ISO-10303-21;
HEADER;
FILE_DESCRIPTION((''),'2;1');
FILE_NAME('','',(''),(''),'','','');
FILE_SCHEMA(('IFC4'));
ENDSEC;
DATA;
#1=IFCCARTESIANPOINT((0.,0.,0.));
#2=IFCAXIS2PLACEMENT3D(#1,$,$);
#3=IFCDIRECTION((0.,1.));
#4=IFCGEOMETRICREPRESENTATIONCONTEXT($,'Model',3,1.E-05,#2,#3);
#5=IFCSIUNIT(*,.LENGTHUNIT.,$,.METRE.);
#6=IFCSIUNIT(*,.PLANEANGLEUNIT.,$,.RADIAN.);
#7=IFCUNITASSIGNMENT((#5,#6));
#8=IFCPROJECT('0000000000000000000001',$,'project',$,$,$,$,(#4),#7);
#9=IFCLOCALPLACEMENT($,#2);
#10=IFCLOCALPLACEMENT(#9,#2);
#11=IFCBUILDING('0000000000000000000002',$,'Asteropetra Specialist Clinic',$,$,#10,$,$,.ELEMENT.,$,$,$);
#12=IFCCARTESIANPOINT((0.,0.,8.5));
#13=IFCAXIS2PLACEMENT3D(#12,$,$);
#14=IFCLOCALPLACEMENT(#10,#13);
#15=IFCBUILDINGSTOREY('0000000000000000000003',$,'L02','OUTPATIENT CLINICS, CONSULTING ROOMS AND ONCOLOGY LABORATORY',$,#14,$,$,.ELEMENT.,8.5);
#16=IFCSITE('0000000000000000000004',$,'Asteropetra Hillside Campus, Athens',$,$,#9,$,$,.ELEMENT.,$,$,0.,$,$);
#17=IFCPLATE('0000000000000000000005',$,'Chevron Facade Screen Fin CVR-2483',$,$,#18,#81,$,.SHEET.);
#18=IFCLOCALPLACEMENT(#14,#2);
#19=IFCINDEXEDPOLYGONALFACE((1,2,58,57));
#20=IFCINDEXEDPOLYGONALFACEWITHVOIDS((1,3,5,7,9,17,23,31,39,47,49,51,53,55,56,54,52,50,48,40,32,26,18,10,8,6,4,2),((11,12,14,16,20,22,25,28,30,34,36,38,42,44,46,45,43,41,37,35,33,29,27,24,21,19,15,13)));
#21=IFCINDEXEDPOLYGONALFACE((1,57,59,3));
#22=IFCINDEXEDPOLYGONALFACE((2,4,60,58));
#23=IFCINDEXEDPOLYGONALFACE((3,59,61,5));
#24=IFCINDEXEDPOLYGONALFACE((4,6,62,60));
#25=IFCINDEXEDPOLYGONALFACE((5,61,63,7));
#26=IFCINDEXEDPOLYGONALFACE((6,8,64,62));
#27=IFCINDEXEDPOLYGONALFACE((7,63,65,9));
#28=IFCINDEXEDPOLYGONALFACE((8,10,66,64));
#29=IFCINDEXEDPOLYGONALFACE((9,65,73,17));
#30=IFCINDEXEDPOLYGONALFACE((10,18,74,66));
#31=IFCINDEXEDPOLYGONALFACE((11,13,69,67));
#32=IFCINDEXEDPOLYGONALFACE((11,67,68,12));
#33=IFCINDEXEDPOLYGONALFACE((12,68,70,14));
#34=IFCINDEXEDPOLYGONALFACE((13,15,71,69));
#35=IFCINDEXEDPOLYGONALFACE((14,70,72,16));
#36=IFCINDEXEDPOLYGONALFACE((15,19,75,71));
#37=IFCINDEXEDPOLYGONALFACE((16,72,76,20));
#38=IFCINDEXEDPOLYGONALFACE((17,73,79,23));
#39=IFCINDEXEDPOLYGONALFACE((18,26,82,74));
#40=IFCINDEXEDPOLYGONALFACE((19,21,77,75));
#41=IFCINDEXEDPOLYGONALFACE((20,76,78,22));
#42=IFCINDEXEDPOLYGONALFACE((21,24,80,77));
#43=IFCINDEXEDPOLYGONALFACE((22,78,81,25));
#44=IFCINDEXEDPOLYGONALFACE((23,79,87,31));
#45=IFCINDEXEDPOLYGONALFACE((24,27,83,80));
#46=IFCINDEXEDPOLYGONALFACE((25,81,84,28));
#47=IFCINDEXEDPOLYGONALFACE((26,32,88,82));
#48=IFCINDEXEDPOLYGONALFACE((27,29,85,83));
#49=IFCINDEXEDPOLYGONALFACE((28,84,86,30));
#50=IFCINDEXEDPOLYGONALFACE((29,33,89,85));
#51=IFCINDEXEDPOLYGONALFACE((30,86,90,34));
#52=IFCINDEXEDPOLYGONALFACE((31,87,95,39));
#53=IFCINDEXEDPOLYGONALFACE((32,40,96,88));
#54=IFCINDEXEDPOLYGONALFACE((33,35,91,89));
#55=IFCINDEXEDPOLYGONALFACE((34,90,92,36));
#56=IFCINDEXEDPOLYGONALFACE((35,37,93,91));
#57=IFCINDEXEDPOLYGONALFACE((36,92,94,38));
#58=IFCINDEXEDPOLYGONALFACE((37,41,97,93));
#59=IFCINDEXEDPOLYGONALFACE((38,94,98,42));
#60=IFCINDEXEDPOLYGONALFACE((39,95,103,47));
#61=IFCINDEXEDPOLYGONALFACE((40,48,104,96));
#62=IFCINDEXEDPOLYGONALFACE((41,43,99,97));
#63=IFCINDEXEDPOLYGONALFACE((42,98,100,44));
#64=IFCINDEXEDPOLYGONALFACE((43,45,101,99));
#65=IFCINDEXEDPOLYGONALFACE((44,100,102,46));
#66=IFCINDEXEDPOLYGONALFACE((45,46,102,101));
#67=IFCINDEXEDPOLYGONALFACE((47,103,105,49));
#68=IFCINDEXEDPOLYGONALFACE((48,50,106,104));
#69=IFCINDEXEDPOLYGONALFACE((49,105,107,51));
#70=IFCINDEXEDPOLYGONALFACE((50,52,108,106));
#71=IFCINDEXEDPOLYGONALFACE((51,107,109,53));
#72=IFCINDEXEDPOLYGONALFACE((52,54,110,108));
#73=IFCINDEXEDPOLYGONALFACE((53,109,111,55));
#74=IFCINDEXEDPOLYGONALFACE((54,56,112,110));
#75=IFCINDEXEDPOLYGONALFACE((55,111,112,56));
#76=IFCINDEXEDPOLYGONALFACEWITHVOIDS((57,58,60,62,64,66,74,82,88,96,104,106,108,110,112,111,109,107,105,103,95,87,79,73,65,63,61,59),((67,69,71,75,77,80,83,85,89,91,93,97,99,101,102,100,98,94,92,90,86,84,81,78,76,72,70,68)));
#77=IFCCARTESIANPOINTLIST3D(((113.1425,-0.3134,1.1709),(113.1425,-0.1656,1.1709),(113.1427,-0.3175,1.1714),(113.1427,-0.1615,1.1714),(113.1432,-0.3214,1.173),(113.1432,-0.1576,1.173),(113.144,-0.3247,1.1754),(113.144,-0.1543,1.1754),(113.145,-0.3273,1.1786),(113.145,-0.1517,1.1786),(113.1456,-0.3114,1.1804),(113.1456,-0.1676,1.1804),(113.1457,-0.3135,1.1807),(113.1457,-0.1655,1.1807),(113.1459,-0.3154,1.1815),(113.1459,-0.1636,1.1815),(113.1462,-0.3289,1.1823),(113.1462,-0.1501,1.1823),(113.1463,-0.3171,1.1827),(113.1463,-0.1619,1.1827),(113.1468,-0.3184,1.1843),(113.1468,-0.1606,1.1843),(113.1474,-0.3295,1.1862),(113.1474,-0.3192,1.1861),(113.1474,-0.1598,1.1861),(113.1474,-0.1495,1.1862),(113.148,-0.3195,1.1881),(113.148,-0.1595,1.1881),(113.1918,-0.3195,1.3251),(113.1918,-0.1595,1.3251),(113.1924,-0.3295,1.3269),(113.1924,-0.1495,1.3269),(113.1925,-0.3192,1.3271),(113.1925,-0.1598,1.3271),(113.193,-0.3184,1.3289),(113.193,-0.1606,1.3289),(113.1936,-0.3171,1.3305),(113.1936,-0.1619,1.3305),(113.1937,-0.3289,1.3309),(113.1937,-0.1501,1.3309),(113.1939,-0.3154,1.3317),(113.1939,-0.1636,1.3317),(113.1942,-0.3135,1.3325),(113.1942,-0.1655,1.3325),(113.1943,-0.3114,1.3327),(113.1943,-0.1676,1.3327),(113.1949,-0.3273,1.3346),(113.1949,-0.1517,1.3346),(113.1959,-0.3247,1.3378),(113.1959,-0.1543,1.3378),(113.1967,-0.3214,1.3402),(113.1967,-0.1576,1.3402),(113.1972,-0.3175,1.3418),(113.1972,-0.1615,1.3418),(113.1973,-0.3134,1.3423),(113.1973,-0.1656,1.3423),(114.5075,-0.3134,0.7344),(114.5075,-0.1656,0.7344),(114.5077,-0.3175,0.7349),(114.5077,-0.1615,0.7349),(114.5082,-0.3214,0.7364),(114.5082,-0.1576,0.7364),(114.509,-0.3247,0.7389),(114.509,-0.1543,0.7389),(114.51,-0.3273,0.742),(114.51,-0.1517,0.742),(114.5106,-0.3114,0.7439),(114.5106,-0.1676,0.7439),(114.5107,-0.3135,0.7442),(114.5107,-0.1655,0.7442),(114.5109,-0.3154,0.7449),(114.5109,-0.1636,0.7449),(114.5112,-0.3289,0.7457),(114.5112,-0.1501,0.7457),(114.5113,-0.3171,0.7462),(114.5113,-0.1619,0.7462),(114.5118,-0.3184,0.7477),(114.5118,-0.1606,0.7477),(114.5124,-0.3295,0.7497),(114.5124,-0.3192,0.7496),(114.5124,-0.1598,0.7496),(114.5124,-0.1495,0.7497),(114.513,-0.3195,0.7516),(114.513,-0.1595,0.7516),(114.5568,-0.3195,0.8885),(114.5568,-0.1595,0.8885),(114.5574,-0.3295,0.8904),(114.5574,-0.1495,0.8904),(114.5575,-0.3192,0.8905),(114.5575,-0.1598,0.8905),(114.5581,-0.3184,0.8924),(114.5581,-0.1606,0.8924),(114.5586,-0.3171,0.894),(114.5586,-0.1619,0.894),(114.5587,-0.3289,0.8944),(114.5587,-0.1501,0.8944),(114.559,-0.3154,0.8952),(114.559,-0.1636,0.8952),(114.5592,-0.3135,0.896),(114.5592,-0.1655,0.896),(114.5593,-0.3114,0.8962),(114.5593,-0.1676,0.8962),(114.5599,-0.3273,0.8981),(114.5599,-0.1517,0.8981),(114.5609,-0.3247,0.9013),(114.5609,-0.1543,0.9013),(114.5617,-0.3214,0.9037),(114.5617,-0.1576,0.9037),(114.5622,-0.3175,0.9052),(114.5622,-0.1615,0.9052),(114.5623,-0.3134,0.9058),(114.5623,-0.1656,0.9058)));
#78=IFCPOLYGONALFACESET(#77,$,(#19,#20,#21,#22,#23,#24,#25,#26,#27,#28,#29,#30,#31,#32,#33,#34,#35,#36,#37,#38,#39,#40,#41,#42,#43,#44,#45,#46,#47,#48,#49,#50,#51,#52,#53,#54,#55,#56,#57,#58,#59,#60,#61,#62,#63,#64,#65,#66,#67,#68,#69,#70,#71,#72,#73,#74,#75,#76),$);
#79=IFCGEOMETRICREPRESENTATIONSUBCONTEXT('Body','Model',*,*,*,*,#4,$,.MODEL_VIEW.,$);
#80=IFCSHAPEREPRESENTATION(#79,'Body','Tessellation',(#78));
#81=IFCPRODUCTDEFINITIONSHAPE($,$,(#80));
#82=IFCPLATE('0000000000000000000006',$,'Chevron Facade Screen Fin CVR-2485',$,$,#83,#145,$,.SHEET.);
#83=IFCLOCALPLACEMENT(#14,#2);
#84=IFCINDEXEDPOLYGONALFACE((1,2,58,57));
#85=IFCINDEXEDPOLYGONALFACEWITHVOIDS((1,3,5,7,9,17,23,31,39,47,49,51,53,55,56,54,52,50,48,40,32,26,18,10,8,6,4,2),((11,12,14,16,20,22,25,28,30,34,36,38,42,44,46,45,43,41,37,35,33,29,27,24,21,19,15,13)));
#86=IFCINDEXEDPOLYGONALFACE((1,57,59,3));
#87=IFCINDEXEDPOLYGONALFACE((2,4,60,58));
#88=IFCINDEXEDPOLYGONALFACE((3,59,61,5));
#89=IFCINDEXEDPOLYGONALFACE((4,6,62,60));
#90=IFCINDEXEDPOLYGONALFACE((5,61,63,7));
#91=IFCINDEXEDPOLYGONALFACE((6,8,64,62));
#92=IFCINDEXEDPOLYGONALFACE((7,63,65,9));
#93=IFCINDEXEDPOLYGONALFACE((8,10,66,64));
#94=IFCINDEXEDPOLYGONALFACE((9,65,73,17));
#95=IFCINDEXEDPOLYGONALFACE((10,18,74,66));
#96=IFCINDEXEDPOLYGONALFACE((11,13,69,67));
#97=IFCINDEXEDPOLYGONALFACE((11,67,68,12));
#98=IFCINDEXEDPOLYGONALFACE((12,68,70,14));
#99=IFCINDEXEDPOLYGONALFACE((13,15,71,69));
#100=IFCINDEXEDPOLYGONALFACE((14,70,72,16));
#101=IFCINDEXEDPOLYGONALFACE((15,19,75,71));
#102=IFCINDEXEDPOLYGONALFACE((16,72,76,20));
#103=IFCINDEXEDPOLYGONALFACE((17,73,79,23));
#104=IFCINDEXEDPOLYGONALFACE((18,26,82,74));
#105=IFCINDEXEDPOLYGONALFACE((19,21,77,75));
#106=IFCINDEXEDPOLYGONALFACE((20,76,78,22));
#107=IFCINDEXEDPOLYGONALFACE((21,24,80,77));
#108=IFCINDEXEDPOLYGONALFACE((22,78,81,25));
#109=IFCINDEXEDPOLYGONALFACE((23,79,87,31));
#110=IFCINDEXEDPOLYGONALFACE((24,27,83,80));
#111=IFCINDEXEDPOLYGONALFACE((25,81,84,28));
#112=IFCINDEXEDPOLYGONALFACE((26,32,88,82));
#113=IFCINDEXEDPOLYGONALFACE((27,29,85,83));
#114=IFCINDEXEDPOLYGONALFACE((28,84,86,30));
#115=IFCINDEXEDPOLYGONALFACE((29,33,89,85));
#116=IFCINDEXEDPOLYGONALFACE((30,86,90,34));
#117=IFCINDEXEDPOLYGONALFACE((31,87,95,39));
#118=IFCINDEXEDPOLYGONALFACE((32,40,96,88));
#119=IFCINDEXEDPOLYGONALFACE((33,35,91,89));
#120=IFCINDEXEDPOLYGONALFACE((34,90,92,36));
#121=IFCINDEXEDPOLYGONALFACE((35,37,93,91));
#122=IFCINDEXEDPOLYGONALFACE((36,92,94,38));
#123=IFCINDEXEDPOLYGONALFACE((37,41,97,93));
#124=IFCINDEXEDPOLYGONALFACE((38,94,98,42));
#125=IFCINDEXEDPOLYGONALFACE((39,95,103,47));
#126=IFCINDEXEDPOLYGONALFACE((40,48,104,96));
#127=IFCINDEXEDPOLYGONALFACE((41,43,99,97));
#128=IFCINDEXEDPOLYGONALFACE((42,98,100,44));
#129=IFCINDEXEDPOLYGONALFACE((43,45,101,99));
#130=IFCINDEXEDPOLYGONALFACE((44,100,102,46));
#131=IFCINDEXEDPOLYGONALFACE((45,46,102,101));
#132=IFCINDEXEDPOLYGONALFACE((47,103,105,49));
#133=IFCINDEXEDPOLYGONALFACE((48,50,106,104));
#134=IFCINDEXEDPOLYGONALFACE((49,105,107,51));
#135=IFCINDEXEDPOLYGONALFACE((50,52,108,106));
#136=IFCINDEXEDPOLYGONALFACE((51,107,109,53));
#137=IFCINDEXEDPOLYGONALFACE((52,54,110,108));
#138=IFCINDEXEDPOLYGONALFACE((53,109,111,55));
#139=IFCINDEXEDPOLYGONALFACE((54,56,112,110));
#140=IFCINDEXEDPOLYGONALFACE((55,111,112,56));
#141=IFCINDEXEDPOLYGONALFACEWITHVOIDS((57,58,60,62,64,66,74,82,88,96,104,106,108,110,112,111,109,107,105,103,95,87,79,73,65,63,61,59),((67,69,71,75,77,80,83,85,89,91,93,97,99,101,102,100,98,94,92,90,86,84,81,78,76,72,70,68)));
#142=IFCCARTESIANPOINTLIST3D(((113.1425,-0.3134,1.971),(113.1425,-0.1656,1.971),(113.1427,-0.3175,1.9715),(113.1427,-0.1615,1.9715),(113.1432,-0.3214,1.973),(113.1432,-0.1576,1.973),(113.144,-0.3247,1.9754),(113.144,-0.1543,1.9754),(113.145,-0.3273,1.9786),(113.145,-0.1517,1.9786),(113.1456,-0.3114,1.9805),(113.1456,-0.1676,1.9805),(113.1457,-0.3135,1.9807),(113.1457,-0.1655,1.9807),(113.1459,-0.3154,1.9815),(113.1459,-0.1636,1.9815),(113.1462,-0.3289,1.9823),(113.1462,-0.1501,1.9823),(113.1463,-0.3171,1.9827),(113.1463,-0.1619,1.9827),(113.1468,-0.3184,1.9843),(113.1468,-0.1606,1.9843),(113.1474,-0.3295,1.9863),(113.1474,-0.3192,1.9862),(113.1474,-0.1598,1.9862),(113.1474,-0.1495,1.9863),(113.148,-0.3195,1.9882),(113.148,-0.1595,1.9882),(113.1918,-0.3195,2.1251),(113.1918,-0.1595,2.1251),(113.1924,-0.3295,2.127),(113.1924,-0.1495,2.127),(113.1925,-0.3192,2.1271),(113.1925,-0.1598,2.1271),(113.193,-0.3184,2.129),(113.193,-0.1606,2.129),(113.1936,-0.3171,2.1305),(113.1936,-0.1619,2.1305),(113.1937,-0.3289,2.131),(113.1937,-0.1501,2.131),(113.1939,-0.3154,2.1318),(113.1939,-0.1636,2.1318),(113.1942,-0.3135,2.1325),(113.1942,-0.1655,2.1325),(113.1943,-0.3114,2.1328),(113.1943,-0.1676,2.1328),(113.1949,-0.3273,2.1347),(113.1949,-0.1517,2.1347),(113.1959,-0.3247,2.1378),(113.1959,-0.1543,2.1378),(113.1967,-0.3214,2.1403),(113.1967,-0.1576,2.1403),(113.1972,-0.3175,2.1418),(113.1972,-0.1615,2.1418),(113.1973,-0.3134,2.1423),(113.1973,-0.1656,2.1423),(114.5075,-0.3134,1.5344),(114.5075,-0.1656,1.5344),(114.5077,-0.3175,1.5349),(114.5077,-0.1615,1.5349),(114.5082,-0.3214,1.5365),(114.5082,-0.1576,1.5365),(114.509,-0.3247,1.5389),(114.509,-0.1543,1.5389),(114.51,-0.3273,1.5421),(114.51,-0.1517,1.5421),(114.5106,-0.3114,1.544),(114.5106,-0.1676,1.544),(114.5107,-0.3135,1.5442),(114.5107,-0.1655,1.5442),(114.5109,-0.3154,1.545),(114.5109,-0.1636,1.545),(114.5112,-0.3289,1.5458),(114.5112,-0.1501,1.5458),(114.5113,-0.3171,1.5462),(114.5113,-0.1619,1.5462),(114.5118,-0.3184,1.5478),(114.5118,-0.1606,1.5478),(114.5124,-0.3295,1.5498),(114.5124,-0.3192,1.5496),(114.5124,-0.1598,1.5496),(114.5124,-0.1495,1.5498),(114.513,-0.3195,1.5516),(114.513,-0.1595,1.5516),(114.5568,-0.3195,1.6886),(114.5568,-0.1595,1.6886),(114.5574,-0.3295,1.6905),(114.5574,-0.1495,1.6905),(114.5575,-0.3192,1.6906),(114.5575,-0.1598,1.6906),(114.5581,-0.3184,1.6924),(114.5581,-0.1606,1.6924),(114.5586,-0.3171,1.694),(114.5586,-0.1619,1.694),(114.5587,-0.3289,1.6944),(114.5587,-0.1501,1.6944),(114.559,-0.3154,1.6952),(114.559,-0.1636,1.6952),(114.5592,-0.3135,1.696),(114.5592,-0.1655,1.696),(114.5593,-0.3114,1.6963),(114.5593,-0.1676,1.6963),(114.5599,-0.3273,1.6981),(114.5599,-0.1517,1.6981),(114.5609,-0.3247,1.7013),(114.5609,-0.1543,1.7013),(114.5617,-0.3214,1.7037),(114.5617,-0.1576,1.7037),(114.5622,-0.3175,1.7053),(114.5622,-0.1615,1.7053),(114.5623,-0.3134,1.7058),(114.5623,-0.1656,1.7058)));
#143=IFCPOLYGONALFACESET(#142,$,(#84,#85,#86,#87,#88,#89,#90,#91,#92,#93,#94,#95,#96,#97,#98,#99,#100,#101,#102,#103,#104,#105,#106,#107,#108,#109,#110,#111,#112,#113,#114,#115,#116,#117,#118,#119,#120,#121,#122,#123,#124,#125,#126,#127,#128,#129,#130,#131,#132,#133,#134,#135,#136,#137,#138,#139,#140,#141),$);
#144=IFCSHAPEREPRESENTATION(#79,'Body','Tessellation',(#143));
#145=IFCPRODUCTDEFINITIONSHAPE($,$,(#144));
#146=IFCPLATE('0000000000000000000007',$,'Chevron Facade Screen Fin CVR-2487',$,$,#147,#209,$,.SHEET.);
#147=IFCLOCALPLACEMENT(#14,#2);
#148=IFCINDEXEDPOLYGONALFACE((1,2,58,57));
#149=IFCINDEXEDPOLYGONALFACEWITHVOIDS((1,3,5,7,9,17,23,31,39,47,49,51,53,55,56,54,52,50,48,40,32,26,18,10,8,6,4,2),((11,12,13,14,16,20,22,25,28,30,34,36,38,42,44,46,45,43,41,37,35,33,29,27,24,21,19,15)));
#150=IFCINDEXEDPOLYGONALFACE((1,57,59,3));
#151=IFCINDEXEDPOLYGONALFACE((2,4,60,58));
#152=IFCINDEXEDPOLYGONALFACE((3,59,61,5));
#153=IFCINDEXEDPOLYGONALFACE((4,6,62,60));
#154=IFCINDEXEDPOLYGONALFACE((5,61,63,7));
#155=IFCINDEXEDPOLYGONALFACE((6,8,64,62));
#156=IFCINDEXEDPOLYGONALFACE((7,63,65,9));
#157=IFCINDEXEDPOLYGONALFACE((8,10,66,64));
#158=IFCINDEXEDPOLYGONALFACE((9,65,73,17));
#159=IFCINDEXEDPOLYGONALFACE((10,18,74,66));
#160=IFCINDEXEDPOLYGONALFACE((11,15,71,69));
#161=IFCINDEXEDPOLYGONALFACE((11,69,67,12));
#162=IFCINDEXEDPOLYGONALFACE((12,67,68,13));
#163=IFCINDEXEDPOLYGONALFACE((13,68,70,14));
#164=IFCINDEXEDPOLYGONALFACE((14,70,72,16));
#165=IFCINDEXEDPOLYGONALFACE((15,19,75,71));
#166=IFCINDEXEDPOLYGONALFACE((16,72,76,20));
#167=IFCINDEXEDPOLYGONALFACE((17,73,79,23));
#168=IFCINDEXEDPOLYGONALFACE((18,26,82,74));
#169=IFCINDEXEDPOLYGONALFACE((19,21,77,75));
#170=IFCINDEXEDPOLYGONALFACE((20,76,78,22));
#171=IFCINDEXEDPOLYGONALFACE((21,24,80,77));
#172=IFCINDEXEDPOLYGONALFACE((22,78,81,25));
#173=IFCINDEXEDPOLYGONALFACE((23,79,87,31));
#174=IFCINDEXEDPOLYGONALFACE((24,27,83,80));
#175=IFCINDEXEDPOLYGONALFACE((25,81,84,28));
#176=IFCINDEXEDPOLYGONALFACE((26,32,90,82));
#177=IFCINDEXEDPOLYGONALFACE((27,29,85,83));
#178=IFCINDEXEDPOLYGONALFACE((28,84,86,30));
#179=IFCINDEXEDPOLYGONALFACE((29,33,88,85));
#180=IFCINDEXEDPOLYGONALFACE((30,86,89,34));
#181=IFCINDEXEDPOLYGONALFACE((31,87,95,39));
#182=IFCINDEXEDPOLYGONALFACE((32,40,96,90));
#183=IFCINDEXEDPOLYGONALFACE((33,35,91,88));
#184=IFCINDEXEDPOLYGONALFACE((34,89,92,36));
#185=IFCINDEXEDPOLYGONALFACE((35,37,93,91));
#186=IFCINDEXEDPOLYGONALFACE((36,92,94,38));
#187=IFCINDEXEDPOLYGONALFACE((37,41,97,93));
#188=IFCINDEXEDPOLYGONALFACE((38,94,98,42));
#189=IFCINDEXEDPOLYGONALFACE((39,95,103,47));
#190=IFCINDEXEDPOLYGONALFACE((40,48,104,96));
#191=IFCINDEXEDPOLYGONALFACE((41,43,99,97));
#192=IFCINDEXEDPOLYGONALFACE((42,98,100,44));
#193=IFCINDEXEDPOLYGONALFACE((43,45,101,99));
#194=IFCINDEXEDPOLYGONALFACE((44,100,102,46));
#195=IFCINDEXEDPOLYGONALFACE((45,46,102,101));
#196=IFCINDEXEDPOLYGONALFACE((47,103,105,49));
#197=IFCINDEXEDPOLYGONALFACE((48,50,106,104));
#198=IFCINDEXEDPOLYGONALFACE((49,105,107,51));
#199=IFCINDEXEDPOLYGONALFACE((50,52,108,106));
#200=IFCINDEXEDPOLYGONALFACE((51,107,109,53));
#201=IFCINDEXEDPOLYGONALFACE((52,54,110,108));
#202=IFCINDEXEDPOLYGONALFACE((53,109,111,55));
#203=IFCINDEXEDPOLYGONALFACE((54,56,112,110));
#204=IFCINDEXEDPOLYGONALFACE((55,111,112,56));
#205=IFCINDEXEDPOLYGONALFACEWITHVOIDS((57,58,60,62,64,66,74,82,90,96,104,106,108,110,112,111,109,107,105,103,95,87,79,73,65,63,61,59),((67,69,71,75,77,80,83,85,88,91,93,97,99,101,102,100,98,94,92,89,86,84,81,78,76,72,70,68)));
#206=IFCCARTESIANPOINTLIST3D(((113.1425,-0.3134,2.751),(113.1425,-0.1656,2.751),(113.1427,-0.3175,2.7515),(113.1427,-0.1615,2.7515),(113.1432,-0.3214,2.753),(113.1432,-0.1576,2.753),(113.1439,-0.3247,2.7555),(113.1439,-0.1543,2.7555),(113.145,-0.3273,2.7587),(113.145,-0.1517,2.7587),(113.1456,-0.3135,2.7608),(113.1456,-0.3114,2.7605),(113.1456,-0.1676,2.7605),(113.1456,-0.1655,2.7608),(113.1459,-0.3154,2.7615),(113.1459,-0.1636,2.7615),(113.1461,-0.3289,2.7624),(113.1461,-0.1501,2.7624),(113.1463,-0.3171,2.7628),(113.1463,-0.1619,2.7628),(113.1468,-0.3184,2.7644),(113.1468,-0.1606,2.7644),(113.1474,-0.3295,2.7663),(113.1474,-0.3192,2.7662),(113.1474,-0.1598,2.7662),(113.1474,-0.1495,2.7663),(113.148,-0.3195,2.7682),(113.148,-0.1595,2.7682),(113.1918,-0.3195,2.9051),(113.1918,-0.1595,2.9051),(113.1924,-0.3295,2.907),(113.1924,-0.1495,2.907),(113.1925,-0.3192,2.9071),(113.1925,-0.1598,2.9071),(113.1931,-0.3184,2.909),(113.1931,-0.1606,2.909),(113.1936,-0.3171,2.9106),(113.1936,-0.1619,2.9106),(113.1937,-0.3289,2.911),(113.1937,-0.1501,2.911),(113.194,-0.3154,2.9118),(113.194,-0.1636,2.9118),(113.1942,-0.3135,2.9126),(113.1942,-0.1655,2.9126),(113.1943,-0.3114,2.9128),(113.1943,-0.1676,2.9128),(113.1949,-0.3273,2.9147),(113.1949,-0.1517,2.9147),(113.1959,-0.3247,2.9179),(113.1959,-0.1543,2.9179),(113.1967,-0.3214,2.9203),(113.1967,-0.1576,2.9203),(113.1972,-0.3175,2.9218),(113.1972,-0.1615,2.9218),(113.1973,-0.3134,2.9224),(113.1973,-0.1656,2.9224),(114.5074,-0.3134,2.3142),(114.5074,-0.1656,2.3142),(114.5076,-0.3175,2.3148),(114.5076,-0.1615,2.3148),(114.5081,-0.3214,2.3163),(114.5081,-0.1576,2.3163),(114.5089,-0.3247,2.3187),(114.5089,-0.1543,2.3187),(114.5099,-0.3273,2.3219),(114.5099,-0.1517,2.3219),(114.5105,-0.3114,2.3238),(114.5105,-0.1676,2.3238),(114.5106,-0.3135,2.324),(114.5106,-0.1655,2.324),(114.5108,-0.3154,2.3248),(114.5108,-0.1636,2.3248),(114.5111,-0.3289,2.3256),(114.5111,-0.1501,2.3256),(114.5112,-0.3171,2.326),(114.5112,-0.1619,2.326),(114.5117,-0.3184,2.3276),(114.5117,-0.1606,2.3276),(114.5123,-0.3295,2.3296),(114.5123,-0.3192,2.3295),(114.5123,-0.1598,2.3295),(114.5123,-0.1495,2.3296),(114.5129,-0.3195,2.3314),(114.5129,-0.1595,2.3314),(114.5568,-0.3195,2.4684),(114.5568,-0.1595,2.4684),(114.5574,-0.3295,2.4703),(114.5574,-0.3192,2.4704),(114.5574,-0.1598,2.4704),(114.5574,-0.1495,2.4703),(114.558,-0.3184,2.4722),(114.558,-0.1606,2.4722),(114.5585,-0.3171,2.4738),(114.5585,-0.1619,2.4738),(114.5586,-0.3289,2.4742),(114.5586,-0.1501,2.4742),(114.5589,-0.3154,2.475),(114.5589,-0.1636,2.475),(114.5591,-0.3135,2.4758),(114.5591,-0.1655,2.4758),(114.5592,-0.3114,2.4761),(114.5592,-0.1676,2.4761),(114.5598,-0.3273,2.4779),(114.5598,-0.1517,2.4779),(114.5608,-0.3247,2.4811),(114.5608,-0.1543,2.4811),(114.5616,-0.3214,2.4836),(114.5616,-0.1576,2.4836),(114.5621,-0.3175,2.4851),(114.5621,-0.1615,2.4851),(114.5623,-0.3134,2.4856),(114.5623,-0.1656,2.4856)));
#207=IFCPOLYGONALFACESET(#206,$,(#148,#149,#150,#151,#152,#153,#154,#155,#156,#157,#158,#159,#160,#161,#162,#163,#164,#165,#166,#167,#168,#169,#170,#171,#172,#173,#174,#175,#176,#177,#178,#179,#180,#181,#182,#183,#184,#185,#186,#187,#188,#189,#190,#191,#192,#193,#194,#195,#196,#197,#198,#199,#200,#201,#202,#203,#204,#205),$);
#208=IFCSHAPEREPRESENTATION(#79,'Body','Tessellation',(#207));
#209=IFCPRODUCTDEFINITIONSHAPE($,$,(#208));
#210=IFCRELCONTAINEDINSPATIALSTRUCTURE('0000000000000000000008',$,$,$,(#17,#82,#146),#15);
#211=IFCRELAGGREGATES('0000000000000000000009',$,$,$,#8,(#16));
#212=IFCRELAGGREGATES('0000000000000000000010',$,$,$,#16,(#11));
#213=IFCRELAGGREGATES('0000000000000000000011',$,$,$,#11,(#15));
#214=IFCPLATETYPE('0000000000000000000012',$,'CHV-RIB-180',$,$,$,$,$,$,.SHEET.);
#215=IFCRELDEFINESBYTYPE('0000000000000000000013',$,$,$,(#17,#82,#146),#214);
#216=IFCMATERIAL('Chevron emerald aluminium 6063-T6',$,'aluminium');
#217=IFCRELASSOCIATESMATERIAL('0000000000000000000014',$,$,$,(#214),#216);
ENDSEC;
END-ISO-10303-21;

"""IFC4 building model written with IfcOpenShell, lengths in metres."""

from ifc_helpers import new_model, si_unit, direction, frame, origin, origin_2d, place, context, subcontext, project, spatial, hollow_rectangle, extrude, material, material_profile, profile_set, type_object, element, save


model = new_model("IFC4")

# Units and contexts
model_context = context("Model", 3, precision=1e-05, world=origin(), true_north=direction((0.0, 1.0)))
body_context = subcontext(model_context, "Body", "Model", "MODEL_VIEW")
ifc_project = project(units=[si_unit("LENGTHUNIT", "METRE"), si_unit("PLANEANGLEUNIT", "RADIAN")], contexts=[model_context])

# Site, building, storey
site_placement = place(None, origin())
site = spatial("IfcSite", under=ifc_project, at=site_placement, Name="Asteropetra Hillside Campus, Athens", CompositionType="ELEMENT", RefElevation=0.0)
building_placement = place(site_placement, origin())
building = spatial("IfcBuilding", under=site, at=building_placement, Name="Asteropetra Specialist Clinic", CompositionType="ELEMENT")
storey_placement = place(building_placement, frame((0.0, 0.0, 8.5)))
storey = spatial("IfcBuildingStorey", under=building, at=storey_placement, Name="L02", Description="OUTPATIENT CLINICS, CONSULTING ROOMS AND ONCOLOGY LABORATORY", CompositionType="ELEMENT", Elevation=8.5)

# Plates
ifc_material_1 = material(Name="Chevron emerald aluminium 6063-T6", Category="aluminium")
ifc_material_profile = material_profile(ifc_material_1, hollow_rectangle(XDim=0.1799, YDim=0.1799, WallThickness=0.01, InnerFilletRadius=0.0081, OuterFilletRadius=0.0161, at=origin_2d()), Name="SHS 180x180x10.0")
ifc_profile_set = profile_set([ifc_material_profile], Name="Chevron emerald aluminium 6063-T6")
plate_type = type_object("IfcPlateType", Name="CHV-RIB-180", PredefinedType="SHEET", material=ifc_profile_set)
for number, where, z_axis, x_axis, name in (
    (1, (113.1699, -0.2395, 1.2566), (0.95248, 0.0, -0.304603), (0.0, 1.0, 0.0), "Chevron Facade Screen Fin CVR-2483"),
    (2, (113.1699, -0.2395, 2.0566), (0.95248, 0.0, -0.304603), (0.0, 1.0, 0.0), "Chevron Facade Screen Fin CVR-2485"),
    (3, (113.1699, -0.2395, 2.8367), (0.95243, 0.0, -0.304757), (0.0, 1.0, 0.0), "Chevron Facade Screen Fin CVR-2487"),
):
    element("IfcPlate", number, at=place(storey_placement, frame(where, z_axis=z_axis, x_axis=x_axis)), inside=storey, type_object=plate_type, Name=name, PredefinedType="SHEET", context=body_context, shape_type="SweptSolid", body=[
        extrude(hollow_rectangle(XDim=0.1799, YDim=0.1799, WallThickness=0.01, InnerFilletRadius=0.0081, OuterFilletRadius=0.0161, at=origin_2d()), origin(), (0.0, 0.0, 1.0), 1.4331),
    ])

save(model, "model.ifc")
